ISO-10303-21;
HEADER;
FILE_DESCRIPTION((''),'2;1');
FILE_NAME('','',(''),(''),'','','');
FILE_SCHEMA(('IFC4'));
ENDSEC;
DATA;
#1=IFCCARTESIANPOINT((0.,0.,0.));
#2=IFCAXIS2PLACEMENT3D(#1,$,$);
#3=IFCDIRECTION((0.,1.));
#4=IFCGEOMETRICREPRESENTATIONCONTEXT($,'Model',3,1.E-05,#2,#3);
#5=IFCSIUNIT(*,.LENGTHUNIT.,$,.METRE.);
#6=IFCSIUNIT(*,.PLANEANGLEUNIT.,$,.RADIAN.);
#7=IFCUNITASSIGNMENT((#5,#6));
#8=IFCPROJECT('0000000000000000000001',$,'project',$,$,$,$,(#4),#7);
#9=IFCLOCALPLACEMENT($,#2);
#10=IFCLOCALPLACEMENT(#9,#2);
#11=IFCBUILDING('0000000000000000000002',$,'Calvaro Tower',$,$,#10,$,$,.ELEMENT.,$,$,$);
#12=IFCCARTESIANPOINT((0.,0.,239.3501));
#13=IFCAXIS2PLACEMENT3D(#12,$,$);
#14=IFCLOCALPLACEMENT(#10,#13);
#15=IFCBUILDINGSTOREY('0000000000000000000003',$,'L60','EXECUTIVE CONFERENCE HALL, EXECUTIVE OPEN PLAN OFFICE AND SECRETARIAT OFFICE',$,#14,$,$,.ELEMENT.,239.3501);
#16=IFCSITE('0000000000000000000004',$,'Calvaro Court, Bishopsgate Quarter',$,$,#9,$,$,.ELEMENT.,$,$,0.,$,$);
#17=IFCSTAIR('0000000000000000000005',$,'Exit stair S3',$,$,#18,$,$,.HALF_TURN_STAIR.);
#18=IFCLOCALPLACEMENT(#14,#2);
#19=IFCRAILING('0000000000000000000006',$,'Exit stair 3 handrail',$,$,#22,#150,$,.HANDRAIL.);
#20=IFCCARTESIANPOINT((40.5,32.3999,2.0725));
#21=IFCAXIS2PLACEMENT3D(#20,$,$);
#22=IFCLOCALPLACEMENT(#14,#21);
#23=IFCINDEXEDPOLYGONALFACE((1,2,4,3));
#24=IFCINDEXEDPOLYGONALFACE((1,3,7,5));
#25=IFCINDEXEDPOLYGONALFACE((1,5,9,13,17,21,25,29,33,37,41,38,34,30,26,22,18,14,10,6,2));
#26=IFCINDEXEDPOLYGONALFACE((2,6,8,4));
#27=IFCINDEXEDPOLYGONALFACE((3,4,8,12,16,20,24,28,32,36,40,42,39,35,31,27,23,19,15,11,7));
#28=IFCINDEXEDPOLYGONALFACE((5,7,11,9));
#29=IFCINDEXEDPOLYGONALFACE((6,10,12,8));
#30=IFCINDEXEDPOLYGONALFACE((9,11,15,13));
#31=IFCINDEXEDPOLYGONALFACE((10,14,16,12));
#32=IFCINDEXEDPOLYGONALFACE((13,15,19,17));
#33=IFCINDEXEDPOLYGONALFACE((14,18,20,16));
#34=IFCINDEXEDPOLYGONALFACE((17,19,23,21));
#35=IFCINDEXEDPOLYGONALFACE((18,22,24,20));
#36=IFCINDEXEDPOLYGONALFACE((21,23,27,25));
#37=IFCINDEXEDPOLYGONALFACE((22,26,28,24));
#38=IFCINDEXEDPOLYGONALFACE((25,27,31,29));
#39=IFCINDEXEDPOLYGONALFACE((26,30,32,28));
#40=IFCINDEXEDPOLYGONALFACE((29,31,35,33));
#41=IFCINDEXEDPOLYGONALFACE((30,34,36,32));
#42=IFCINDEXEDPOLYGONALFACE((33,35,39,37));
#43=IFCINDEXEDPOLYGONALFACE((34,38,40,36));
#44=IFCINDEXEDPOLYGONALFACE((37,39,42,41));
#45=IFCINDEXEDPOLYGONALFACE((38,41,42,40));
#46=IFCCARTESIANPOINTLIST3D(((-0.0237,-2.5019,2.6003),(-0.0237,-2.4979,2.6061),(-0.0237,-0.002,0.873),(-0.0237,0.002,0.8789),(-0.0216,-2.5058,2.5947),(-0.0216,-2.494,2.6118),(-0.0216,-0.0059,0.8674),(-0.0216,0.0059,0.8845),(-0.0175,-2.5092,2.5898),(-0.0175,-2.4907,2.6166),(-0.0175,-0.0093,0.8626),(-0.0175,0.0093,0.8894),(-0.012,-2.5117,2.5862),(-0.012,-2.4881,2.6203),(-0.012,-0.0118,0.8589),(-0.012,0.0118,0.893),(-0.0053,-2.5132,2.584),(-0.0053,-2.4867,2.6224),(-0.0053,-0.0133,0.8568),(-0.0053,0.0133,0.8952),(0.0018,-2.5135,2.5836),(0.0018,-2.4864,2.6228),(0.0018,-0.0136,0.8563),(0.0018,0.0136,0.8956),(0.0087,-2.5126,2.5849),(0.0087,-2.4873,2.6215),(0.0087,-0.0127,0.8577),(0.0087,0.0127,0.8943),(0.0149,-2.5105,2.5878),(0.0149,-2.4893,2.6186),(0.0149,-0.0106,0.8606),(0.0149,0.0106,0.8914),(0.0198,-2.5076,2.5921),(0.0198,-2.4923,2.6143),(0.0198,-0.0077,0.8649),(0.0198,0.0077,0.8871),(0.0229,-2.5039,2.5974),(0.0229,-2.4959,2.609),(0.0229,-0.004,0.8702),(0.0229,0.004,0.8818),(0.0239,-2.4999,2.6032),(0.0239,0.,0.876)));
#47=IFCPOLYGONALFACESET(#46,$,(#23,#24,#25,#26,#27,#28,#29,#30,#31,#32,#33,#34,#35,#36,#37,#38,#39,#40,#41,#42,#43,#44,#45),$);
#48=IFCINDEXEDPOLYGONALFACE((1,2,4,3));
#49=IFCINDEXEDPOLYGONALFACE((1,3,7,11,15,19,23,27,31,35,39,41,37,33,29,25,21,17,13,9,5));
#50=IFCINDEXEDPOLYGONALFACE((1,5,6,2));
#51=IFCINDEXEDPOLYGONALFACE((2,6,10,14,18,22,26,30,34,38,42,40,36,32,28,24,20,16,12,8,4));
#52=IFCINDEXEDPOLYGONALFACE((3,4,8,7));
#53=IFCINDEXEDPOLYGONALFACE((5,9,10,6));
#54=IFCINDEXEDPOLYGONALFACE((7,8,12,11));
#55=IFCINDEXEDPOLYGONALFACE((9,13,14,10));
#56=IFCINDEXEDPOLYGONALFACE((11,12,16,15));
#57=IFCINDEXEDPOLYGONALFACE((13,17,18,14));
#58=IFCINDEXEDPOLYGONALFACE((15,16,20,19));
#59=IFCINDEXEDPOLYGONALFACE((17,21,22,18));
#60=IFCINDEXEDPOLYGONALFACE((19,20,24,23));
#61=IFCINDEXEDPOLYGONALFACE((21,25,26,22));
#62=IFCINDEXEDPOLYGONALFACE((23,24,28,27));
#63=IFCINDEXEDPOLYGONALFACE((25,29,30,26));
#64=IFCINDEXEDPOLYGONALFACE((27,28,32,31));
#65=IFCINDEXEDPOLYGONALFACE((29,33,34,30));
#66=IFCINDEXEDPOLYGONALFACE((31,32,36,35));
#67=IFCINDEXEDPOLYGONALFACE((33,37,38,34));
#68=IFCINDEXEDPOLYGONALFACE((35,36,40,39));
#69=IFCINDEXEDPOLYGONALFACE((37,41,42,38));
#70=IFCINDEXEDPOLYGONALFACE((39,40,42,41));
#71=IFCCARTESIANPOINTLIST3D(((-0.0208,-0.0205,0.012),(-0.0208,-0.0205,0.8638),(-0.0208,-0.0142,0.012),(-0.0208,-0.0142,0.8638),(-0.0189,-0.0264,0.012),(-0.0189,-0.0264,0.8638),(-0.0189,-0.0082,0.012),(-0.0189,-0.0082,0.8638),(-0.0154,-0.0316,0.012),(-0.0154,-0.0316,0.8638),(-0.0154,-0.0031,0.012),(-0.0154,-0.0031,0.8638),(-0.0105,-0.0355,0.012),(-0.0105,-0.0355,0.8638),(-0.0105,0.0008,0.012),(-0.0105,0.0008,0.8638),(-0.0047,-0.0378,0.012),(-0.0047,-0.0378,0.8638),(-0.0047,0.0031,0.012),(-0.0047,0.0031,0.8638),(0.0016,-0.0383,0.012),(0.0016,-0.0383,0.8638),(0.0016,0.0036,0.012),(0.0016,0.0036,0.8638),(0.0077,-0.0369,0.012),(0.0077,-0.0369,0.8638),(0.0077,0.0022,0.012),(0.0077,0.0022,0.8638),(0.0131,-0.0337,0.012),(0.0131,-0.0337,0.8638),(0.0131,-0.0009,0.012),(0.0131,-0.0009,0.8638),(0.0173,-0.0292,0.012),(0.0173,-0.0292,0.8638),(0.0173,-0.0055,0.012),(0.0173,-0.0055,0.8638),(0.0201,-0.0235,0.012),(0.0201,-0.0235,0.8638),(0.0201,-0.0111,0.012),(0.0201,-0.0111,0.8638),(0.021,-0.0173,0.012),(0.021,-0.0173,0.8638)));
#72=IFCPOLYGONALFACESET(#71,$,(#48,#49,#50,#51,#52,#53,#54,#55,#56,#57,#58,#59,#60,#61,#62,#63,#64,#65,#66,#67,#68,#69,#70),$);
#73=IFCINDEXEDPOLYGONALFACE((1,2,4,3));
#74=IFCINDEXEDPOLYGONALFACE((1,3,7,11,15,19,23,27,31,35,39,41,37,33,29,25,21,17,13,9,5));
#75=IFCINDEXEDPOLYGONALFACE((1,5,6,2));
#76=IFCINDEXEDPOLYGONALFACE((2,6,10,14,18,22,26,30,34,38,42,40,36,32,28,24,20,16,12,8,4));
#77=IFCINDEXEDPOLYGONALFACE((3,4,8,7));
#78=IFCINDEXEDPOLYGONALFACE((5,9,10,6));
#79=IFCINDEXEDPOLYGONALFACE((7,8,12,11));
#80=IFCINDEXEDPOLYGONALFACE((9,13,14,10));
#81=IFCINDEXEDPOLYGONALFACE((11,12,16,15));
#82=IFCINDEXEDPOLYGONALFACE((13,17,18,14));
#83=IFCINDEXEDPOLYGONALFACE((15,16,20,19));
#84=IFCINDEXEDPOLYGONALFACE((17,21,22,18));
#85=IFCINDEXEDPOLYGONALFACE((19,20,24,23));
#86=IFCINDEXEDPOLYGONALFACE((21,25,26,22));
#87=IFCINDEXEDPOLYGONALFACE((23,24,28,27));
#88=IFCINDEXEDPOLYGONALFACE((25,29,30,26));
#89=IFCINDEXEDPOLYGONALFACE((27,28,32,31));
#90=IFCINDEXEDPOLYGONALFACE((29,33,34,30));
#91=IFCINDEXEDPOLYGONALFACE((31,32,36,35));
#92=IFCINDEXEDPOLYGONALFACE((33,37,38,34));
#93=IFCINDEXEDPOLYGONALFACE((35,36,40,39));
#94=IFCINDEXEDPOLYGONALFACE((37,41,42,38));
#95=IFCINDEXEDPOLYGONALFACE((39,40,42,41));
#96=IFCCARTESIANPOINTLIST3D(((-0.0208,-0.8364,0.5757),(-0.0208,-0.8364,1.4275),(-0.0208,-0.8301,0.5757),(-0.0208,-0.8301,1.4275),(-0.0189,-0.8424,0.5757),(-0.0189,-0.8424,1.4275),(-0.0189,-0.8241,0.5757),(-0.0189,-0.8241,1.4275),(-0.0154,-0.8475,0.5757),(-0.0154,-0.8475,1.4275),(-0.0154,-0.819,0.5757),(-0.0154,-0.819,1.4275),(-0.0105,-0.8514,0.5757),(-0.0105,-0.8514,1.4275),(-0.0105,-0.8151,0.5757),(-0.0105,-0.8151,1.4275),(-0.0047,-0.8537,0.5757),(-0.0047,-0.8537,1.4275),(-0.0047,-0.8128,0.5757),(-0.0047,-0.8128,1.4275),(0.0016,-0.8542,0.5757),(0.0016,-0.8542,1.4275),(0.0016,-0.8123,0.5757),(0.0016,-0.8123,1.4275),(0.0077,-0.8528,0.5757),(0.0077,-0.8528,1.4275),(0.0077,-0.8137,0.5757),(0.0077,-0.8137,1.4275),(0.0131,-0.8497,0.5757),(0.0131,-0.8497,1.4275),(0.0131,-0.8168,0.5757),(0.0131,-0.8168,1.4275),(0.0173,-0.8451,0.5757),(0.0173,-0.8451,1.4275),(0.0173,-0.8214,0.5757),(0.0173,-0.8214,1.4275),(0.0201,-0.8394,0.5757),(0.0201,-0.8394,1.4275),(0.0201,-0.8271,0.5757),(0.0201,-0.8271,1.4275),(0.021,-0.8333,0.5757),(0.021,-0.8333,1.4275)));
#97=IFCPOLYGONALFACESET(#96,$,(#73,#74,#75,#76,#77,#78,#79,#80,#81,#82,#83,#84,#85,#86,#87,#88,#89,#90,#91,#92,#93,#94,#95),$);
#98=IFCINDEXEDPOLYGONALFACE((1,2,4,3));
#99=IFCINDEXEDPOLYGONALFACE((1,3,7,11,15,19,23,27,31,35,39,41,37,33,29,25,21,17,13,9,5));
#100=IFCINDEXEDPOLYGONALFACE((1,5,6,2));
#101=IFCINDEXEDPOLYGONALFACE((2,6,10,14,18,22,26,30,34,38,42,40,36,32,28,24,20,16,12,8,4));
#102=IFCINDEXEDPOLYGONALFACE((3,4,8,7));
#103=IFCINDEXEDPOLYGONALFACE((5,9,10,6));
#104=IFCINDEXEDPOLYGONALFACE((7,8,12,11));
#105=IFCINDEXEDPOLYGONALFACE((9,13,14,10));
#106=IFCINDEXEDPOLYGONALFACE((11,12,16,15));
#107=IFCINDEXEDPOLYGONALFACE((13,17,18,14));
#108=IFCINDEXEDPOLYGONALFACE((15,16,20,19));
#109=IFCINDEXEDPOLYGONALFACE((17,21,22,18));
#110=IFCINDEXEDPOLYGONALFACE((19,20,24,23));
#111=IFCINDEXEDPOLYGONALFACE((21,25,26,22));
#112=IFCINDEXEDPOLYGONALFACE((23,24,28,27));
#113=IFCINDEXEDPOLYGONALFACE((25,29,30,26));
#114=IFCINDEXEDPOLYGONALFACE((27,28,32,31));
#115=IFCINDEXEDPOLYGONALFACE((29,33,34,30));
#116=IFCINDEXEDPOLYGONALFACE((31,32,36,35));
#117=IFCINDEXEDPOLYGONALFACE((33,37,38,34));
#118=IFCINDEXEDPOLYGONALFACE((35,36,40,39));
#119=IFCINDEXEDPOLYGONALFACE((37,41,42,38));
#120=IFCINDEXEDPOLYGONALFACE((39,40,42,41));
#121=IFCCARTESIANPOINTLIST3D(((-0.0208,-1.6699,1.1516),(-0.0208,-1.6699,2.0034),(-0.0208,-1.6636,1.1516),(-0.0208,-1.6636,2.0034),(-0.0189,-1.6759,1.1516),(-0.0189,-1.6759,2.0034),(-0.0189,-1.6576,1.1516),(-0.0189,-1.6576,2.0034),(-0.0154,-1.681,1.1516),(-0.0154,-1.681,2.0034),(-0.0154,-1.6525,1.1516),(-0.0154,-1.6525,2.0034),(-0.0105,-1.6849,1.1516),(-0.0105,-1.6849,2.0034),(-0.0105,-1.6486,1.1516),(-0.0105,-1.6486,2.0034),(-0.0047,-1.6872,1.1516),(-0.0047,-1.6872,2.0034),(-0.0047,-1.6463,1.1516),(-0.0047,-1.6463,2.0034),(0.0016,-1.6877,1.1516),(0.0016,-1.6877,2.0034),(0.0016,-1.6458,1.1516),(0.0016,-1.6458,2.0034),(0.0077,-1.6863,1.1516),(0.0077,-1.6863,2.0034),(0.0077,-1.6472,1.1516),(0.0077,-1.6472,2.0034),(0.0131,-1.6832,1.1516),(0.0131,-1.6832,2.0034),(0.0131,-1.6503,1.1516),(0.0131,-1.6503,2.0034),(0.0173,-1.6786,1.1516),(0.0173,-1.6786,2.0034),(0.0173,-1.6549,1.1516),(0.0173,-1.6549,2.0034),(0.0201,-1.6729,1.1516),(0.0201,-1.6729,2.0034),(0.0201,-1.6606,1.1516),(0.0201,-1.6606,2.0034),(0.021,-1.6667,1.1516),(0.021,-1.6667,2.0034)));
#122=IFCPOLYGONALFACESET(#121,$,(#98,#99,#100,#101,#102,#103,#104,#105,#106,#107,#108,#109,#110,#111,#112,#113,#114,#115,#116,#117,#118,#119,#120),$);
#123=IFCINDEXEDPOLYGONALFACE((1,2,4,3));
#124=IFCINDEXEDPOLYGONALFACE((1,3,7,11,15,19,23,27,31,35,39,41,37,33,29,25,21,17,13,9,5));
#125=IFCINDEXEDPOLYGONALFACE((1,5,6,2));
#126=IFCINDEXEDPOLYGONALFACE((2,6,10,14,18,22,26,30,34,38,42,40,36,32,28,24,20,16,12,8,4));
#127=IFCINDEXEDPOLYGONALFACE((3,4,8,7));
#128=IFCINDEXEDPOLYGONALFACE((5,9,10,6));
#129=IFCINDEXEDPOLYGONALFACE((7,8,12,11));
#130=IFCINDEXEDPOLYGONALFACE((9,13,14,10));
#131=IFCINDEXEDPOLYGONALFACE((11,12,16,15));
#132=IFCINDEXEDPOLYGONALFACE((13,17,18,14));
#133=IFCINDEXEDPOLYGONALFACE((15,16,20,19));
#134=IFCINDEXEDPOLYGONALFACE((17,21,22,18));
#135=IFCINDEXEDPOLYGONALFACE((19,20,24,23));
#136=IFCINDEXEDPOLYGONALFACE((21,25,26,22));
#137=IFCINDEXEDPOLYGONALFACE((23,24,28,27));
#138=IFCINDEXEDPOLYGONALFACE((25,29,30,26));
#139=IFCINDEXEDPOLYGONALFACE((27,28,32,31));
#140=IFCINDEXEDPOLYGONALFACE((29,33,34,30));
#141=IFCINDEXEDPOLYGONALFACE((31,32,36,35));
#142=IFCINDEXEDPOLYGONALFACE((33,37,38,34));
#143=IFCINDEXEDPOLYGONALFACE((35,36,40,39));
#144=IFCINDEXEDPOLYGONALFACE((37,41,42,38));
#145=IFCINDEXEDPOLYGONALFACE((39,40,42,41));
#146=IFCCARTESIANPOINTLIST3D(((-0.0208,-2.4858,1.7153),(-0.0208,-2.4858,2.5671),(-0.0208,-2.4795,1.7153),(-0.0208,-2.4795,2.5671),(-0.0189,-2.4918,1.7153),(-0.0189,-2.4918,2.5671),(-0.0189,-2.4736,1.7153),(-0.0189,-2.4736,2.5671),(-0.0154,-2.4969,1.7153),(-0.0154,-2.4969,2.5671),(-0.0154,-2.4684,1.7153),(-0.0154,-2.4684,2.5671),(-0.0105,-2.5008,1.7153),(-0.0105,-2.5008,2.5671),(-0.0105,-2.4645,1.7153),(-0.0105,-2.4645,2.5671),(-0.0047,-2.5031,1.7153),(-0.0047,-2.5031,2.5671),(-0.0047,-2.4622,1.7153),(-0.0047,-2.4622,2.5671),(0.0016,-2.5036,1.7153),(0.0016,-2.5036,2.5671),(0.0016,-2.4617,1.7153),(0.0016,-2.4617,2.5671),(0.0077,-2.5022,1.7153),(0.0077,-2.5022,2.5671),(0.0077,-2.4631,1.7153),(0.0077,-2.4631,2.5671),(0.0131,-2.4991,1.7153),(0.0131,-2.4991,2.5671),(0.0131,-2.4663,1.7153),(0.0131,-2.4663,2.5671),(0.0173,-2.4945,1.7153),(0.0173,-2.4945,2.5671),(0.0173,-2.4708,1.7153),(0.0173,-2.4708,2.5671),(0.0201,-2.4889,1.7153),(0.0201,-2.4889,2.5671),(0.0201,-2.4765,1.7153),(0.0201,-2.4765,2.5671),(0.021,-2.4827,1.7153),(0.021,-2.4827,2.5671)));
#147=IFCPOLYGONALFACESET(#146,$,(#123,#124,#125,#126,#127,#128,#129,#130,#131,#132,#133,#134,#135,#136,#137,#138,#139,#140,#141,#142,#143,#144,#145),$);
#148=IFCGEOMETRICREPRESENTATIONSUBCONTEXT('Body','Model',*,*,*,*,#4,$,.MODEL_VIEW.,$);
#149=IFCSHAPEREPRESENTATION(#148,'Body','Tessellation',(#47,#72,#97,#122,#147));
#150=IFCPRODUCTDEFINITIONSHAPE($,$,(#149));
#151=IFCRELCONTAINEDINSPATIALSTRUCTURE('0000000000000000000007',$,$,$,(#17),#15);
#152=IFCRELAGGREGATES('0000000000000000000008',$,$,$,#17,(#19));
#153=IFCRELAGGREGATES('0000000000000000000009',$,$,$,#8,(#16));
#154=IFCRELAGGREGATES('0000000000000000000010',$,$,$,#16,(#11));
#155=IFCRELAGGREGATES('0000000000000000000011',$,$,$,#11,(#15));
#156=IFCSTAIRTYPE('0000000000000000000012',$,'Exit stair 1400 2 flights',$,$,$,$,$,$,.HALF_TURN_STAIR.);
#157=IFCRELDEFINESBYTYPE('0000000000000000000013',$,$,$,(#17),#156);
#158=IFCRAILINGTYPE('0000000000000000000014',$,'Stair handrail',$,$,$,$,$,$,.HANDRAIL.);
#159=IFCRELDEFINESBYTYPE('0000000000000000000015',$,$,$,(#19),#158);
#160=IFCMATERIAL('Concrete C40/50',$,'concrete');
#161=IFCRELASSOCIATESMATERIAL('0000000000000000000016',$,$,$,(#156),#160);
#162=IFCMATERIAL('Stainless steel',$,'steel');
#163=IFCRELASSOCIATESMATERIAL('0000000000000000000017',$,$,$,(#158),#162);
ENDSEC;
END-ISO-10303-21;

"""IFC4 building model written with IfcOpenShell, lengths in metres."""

from ifc_helpers import new_model, si_unit, direction, frame, origin, origin_2d, place, context, subcontext, project, spatial, circle, extrude, material, type_object, element, aggregate, save


model = new_model("IFC4")

# Units and contexts
model_context = context("Model", 3, precision=1e-05, world=origin(), true_north=direction((0.0, 1.0)))
body_context = subcontext(model_context, "Body", "Model", "MODEL_VIEW")
ifc_project = project(units=[si_unit("LENGTHUNIT", "METRE"), si_unit("PLANEANGLEUNIT", "RADIAN")], contexts=[model_context])

# Site, building, storey
site_placement = place(None, origin())
site = spatial("IfcSite", under=ifc_project, at=site_placement, Name="Calvaro Court, Bishopsgate Quarter", CompositionType="ELEMENT", RefElevation=0.0)
building_placement = place(site_placement, origin())
building = spatial("IfcBuilding", under=site, at=building_placement, Name="Calvaro Tower", CompositionType="ELEMENT")
storey_placement = place(building_placement, frame((0.0, 0.0, 239.3501)))
storey = spatial("IfcBuildingStorey", under=building, at=storey_placement, Name="L60", Description="EXECUTIVE CONFERENCE HALL, EXECUTIVE OPEN PLAN OFFICE AND SECRETARIAT OFFICE", CompositionType="ELEMENT", Elevation=239.3501)

# Stair
ifc_material_1 = material(Name="Concrete C40/50", Category="concrete")
stair_type = type_object("IfcStairType", Name="Exit stair 1400 2 flights", PredefinedType="HALF_TURN_STAIR", material=ifc_material_1)
stair_1_placement = place(storey_placement, origin())
stair_1 = element("IfcStair", 1, at=stair_1_placement, inside=storey, type_object=stair_type, Name="Exit stair S3", PredefinedType="HALF_TURN_STAIR")

# Railing
ifc_material_2 = material(Name="Stainless steel", Category="steel")
railing_type = type_object("IfcRailingType", Name="Stair handrail", PredefinedType="HANDRAIL", material=ifc_material_2)
railing_1_placement = place(storey_placement, frame((40.5, 32.3999, 2.0725)))
railing_1 = element("IfcRailing", 2, at=railing_1_placement, type_object=railing_type, Name="Exit stair 3 handrail", PredefinedType="HANDRAIL", context=body_context, shape_type="SweptSolid", body=[
    extrude(circle(Radius=0.0239, at=origin_2d()), frame((0.0, 0.0, 0.876), z_axis=(0.0, -0.822727, 0.568437), x_axis=(1.0, 0.0, 0.0)), (0.0, 0.0, 1.0), 3.0386),
    extrude(circle(Radius=0.021, at=origin_2d()), frame((0.0, -0.0173, 0.012)), (0.0, 0.0, 1.0), 0.8518),
    extrude(circle(Radius=0.021, at=origin_2d()), frame((0.0, -0.8333, 0.5757)), (0.0, 0.0, 1.0), 0.8518),
    extrude(circle(Radius=0.021, at=origin_2d()), frame((0.0, -1.6667, 1.1516)), (0.0, 0.0, 1.0), 0.8518),
    extrude(circle(Radius=0.021, at=origin_2d()), frame((0.0, -2.4827, 1.7153)), (0.0, 0.0, 1.0), 0.8518),
])
aggregate(stair_1, [railing_1])

save(model, "model.ifc")
